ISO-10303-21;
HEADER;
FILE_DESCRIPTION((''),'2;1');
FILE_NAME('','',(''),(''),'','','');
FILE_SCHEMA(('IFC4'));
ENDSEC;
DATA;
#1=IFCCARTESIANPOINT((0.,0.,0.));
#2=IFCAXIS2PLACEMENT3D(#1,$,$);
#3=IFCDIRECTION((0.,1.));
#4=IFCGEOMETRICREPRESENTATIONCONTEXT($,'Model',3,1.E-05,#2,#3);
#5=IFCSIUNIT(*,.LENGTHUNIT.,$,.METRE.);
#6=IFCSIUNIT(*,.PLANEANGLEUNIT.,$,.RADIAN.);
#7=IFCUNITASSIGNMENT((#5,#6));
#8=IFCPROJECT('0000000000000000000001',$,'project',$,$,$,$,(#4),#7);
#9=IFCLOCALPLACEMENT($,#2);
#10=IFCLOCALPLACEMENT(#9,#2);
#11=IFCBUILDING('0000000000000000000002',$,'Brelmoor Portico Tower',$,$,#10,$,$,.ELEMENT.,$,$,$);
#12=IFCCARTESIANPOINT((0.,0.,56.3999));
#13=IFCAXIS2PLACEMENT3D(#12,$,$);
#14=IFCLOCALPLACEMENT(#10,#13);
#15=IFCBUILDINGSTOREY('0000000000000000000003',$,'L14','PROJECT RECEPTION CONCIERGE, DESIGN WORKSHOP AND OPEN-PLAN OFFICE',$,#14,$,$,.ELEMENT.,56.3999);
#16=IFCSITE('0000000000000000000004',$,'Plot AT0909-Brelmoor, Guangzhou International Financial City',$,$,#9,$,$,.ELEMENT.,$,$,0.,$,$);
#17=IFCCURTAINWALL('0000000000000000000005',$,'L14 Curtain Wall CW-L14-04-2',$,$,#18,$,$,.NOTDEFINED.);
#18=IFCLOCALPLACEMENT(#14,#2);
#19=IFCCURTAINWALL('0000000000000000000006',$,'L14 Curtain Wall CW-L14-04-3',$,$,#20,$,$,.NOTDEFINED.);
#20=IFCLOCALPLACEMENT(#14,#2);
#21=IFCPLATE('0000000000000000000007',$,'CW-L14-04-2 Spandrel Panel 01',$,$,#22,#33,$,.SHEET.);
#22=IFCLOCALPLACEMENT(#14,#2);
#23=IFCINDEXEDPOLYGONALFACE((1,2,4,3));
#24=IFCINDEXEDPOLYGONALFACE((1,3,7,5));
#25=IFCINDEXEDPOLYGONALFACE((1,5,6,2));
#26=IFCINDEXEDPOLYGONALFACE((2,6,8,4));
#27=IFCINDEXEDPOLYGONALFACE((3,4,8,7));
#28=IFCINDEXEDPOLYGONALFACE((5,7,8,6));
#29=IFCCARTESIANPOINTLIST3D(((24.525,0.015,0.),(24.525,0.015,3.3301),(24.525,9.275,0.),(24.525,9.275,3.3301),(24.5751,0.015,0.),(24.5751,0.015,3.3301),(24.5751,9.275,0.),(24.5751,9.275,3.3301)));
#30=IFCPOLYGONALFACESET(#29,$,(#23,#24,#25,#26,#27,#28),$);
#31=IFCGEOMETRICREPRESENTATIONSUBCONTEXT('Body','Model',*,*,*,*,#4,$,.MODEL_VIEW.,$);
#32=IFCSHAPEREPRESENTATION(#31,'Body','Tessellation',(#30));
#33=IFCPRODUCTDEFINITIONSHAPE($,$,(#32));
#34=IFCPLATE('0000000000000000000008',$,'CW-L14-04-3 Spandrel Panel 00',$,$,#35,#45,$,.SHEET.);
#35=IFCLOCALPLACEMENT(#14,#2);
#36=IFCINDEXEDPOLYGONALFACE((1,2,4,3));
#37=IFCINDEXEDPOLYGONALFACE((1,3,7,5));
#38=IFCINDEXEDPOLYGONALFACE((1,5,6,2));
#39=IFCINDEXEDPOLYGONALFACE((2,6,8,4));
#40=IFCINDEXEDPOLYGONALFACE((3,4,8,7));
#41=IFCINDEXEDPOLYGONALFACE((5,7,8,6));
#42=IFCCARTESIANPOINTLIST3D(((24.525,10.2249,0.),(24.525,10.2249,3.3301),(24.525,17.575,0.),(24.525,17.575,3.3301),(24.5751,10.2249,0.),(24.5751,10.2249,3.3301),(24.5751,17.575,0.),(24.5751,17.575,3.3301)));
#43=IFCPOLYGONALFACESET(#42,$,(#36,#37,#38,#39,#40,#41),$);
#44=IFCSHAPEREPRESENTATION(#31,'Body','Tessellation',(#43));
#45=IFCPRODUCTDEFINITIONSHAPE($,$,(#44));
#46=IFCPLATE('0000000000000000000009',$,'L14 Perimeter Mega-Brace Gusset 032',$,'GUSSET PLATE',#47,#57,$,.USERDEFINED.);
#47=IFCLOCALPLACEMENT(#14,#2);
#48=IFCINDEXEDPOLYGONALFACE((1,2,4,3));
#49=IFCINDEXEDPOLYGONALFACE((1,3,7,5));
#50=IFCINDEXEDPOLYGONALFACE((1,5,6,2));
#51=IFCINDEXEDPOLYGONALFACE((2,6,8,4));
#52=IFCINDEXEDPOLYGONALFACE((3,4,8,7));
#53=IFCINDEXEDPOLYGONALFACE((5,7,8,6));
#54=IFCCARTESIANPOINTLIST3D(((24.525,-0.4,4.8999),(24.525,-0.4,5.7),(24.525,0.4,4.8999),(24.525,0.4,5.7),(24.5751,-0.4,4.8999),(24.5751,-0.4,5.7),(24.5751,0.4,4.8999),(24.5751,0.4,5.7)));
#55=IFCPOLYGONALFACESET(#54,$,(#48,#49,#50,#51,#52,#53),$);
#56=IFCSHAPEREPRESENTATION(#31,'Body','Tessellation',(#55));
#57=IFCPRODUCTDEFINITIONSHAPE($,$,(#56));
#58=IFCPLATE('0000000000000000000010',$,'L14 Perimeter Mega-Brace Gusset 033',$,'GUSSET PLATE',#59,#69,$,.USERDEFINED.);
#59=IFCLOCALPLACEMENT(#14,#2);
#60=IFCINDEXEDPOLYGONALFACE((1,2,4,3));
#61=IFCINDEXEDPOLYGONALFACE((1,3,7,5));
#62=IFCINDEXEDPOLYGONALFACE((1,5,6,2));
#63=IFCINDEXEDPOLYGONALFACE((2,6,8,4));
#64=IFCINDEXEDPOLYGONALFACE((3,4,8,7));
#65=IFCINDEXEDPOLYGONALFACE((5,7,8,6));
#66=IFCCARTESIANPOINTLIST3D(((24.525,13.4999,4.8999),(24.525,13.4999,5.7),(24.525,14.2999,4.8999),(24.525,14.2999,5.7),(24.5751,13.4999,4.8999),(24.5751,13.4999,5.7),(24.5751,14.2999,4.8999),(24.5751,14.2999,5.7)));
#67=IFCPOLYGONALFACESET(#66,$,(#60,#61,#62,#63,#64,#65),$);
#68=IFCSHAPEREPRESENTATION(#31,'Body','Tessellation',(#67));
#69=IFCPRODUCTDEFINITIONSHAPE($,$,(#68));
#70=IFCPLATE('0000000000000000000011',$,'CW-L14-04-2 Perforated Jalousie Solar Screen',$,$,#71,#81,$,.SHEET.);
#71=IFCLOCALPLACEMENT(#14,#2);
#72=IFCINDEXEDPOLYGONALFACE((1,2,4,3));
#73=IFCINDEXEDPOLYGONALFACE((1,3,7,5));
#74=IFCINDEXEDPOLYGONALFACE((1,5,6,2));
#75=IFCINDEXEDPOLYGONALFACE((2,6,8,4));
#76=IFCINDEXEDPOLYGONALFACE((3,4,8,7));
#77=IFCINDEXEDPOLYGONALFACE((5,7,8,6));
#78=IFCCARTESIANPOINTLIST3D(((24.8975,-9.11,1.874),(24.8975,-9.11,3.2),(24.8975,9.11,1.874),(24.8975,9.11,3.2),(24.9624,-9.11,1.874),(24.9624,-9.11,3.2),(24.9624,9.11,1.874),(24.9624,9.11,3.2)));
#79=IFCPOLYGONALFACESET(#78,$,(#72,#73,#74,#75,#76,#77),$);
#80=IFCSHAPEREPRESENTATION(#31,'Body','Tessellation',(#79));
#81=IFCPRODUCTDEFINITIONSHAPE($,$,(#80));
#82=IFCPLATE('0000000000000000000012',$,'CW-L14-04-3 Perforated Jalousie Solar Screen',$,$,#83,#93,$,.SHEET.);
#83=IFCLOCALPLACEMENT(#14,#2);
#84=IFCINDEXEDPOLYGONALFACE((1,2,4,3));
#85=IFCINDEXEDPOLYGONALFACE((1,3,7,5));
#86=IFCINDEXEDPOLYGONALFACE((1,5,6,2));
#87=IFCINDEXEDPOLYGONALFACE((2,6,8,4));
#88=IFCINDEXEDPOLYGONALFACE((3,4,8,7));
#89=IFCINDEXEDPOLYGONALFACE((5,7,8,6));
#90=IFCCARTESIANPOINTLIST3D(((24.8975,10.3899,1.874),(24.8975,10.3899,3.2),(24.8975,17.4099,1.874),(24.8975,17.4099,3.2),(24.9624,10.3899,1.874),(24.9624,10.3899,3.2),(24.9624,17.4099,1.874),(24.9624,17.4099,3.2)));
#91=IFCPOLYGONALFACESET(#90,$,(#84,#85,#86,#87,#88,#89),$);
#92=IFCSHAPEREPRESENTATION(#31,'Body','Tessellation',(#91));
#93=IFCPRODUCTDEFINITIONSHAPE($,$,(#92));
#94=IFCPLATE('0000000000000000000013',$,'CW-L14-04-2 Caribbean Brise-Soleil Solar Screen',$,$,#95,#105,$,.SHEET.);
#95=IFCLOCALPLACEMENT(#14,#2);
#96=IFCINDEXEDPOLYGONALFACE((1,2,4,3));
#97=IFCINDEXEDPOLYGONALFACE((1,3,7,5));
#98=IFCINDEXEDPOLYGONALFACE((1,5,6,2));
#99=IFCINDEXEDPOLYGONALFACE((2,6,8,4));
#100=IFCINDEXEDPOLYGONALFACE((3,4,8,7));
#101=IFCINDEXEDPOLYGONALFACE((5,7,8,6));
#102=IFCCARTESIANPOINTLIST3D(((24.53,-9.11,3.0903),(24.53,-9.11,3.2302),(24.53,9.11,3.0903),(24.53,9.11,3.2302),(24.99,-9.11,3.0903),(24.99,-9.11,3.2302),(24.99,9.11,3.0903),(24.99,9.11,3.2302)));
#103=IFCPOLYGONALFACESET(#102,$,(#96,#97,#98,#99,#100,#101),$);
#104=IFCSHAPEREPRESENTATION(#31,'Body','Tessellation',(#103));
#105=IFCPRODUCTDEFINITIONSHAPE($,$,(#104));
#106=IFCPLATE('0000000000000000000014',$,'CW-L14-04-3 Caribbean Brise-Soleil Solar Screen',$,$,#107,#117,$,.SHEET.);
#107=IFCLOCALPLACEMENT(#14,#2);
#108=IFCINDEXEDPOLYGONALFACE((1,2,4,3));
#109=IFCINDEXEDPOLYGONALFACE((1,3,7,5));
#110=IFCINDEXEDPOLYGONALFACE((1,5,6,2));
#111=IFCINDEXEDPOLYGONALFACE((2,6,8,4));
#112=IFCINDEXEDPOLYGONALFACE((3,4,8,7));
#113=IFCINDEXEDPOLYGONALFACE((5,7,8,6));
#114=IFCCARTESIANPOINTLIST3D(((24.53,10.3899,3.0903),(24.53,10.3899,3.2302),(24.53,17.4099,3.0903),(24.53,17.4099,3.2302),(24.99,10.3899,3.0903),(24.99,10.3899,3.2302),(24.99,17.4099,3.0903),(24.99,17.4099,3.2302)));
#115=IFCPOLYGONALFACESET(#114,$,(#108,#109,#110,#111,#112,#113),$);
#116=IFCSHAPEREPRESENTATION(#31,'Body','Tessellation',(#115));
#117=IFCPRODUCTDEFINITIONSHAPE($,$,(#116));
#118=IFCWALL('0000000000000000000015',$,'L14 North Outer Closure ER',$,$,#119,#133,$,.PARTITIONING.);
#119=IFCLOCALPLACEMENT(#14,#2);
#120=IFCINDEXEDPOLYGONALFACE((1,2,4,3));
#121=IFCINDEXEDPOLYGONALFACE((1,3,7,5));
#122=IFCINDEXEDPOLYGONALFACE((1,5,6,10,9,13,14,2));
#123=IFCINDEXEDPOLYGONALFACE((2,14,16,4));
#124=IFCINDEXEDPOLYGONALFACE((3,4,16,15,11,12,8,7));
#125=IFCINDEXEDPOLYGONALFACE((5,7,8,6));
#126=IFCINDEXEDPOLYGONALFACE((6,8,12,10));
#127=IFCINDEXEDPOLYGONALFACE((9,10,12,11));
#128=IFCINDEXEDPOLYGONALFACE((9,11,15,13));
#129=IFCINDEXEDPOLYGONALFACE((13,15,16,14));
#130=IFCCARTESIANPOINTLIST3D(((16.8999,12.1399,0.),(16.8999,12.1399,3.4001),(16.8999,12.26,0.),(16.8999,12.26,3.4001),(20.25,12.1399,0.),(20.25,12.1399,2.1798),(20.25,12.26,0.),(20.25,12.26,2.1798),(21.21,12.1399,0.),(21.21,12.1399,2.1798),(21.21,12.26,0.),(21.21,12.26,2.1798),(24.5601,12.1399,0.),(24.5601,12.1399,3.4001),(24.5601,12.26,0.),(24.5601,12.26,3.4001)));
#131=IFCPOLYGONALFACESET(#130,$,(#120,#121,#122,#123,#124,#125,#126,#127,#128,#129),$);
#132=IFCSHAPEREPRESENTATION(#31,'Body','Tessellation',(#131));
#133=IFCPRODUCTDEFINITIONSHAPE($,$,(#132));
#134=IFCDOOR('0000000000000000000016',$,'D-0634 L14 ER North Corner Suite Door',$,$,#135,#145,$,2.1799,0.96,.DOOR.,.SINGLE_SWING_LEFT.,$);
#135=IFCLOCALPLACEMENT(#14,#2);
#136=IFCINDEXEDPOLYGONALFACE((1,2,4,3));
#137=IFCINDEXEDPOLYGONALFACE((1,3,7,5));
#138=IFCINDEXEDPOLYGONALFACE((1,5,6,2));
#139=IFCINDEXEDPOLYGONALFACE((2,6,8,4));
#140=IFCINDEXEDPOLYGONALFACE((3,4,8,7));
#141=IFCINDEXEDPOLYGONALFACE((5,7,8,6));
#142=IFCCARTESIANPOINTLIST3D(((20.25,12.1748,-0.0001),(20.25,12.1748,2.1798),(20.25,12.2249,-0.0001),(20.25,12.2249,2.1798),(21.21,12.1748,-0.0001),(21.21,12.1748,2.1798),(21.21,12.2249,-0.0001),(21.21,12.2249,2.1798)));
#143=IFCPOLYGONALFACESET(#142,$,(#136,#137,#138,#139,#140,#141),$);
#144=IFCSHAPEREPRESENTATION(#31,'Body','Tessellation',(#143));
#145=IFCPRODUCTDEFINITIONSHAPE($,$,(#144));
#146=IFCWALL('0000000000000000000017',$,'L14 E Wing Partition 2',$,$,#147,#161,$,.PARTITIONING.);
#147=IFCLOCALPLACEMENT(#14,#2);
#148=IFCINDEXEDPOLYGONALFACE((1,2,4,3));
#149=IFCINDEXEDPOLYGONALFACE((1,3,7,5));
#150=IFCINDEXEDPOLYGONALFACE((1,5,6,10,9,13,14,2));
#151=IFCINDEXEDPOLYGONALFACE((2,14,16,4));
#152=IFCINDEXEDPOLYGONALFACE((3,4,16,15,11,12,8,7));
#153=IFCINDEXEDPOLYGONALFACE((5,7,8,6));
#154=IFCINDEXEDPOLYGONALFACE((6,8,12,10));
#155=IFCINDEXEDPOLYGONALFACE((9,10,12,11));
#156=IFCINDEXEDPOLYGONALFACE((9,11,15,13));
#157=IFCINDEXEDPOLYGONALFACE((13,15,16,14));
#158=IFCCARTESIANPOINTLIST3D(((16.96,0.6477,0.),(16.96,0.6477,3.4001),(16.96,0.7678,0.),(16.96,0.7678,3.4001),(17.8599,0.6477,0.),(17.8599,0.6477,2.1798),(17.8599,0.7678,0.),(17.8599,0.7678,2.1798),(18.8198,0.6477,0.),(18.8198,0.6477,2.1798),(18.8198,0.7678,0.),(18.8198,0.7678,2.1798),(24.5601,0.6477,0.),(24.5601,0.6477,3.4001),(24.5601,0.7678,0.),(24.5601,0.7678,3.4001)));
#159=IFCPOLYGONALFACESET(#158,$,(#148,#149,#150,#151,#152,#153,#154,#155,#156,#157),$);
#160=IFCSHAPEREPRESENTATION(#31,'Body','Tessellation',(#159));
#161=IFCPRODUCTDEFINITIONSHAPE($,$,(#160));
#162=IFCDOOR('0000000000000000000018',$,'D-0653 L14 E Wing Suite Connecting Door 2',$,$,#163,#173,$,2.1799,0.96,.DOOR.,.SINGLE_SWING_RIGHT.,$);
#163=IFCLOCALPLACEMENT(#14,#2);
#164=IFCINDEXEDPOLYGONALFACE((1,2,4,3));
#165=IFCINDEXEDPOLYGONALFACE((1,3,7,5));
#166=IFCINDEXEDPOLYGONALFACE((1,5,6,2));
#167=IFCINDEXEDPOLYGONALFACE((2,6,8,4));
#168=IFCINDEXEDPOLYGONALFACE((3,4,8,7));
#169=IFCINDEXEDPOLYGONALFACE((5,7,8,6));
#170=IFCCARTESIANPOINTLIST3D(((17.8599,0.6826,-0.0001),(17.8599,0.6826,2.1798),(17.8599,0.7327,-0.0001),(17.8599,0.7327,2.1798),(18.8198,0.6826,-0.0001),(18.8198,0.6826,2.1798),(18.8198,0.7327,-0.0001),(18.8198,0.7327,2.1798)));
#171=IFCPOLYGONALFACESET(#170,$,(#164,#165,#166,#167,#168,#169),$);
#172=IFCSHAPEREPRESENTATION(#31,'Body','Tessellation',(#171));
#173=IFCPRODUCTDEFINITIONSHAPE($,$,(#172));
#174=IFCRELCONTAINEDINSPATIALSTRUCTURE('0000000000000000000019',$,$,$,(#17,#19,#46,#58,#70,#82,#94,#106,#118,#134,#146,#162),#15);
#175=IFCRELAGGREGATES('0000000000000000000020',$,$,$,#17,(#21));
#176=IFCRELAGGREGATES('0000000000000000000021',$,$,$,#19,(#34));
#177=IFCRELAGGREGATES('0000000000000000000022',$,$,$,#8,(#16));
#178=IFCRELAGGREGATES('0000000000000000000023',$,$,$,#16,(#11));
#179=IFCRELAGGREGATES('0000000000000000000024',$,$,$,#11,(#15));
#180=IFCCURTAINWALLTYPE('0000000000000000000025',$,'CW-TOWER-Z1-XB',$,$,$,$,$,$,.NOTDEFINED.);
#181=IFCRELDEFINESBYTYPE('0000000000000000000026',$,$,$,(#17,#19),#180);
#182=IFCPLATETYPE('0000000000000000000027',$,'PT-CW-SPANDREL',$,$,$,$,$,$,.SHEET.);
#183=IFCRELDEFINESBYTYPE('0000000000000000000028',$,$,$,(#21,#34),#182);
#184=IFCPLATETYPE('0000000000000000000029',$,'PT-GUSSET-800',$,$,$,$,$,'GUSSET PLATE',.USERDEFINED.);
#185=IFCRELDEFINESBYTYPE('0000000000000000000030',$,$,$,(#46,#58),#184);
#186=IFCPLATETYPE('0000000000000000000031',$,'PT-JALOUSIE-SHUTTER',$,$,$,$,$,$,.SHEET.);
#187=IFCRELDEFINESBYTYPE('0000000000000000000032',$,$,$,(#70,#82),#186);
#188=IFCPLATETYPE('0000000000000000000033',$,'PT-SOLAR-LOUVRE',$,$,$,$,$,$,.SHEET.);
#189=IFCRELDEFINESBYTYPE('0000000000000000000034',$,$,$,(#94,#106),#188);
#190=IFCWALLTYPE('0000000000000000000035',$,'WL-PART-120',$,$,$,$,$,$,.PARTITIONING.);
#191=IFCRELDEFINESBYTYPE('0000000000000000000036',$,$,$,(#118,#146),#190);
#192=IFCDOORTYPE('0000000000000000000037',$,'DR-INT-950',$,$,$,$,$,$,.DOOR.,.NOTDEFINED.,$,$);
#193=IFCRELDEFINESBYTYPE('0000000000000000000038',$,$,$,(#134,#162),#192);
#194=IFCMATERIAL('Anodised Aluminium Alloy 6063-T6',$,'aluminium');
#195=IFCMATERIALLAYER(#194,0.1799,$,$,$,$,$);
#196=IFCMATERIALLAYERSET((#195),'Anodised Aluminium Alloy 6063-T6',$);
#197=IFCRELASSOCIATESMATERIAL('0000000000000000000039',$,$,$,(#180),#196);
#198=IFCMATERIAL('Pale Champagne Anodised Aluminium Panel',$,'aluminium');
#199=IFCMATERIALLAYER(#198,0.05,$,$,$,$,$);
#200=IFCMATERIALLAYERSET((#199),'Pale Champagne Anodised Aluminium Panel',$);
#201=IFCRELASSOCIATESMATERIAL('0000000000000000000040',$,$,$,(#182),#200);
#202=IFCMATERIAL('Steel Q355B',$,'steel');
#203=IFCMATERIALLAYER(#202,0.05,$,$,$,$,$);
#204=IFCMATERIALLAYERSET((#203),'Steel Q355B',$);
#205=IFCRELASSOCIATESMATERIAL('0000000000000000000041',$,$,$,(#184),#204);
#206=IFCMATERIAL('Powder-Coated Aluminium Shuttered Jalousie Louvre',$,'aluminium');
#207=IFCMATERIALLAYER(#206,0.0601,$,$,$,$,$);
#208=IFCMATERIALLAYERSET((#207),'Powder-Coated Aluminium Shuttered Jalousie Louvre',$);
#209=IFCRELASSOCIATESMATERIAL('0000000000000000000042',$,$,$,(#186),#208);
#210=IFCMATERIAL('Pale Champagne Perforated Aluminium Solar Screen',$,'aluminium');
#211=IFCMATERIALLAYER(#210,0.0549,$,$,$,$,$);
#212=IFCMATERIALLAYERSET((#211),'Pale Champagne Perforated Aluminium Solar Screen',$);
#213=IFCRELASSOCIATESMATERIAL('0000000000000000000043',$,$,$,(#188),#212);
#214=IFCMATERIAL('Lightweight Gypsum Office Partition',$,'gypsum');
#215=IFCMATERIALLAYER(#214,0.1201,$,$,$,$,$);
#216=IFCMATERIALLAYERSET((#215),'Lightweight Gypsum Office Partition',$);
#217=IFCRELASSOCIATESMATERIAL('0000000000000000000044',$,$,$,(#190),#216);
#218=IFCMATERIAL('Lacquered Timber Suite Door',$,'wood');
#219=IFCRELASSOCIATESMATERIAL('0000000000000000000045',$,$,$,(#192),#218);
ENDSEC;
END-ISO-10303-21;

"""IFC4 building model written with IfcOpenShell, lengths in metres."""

from ifc_helpers import new_model, si_unit, direction, frame, frame_2d, origin, origin_2d, place, context, subcontext, project, spatial, rectangle, extrude, material, layer, layer_set, type_object, element, fill, aggregate, save


model = new_model("IFC4")

# Units and contexts
model_context = context("Model", 3, precision=1e-05, world=origin(), true_north=direction((0.0, 1.0)))
body_context = subcontext(model_context, "Body", "Model", "MODEL_VIEW")
ifc_project = project(units=[si_unit("LENGTHUNIT", "METRE"), si_unit("PLANEANGLEUNIT", "RADIAN")], contexts=[model_context])

# Site, building, storey
site_placement = place(None, origin())
site = spatial("IfcSite", under=ifc_project, at=site_placement, Name="Plot AT0909-Brelmoor, Guangzhou International Financial City", CompositionType="ELEMENT", RefElevation=0.0)
building_placement = place(site_placement, origin())
building = spatial("IfcBuilding", under=site, at=building_placement, Name="Brelmoor Portico Tower", CompositionType="ELEMENT")
storey_placement = place(building_placement, frame((0.0, 0.0, 56.3999)))
storey = spatial("IfcBuildingStorey", under=building, at=storey_placement, Name="L14", Description="PROJECT RECEPTION CONCIERGE, DESIGN WORKSHOP AND OPEN-PLAN OFFICE", CompositionType="ELEMENT", Elevation=56.3999)

# Shared definitions
ifc_material_1 = material(Name="Steel Q355B", Category="steel")

# Curtain walls
ifc_material_2 = material(Name="Anodised Aluminium Alloy 6063-T6", Category="aluminium")
ifc_layer_1 = layer(ifc_material_2, 0.1799)
ifc_layer_set_1 = layer_set([ifc_layer_1], Name="Anodised Aluminium Alloy 6063-T6")
curtain_wall_type = type_object("IfcCurtainWallType", Name="CW-TOWER-Z1-XB", PredefinedType="NOTDEFINED", material=ifc_layer_set_1)
curtain_wall_1_placement = place(storey_placement, origin())
curtain_wall_1 = element("IfcCurtainWall", 1, at=curtain_wall_1_placement, inside=storey, type_object=curtain_wall_type, Name="L14 Curtain Wall CW-L14-04-2", PredefinedType="NOTDEFINED")
curtain_wall_2_placement = place(storey_placement, origin())
curtain_wall_2 = element("IfcCurtainWall", 2, at=curtain_wall_2_placement, inside=storey, type_object=curtain_wall_type, Name="L14 Curtain Wall CW-L14-04-3", PredefinedType="NOTDEFINED")

# Plates
ifc_material_3 = material(Name="Pale Champagne Anodised Aluminium Panel", Category="aluminium")
ifc_layer_2 = layer(ifc_material_3, 0.05)
ifc_layer_set_2 = layer_set([ifc_layer_2], Name="Pale Champagne Anodised Aluminium Panel")
plate_type_1 = type_object("IfcPlateType", Name="PT-CW-SPANDREL", PredefinedType="SHEET", material=ifc_layer_set_2)
plate_1_placement = place(storey_placement, frame((24.55, 4.645, 0.0), z_axis=(0.0, 0.0, 1.0), x_axis=(0.0, 1.0, 0.0)))
plate_1 = element("IfcPlate", 3, at=plate_1_placement, type_object=plate_type_1, Name="CW-L14-04-2 Spandrel Panel 01", PredefinedType="SHEET", context=body_context, shape_type="SweptSolid", body=[
    extrude(rectangle(XDim=9.26, YDim=0.05, at=origin_2d()), origin(), (0.0, 0.0, 1.0), 3.3301),
])
aggregate(curtain_wall_1, [plate_1])
plate_2_placement = place(storey_placement, frame((24.55, 13.8999, 0.0), z_axis=(0.0, 0.0, 1.0), x_axis=(0.0, 1.0, 0.0)))
plate_2 = element("IfcPlate", 4, at=plate_2_placement, type_object=plate_type_1, Name="CW-L14-04-3 Spandrel Panel 00", PredefinedType="SHEET", context=body_context, shape_type="SweptSolid", body=[
    extrude(rectangle(XDim=7.3501, YDim=0.05, at=origin_2d()), origin(), (0.0, 0.0, 1.0), 3.3301),
])
aggregate(curtain_wall_2, [plate_2])

# Plates
ifc_layer_3 = layer(ifc_material_1, 0.05)
ifc_layer_set_3 = layer_set([ifc_layer_3], Name="Steel Q355B")
plate_type_2 = type_object("IfcPlateType", Name="PT-GUSSET-800", ElementType="GUSSET PLATE", PredefinedType="USERDEFINED", material=ifc_layer_set_3)
for number, where, z_axis, x_axis, name in (
    (5, (24.55, 0.0, 4.8999), (0.0, 0.0, 1.0), (1.0, 0.0, 0.0), "L14 Perimeter Mega-Brace Gusset 032"),
    (6, (24.55, 13.8999, 4.8999), (0.0, 0.0, 1.0), (1.0, 0.0, 0.0), "L14 Perimeter Mega-Brace Gusset 033"),
):
    element("IfcPlate", number, at=place(storey_placement, frame(where, z_axis=z_axis, x_axis=x_axis)), inside=storey, type_object=plate_type_2, Name=name, ObjectType="GUSSET PLATE", PredefinedType="USERDEFINED", context=body_context, shape_type="SweptSolid", body=[
        extrude(rectangle(XDim=0.05, YDim=0.8, at=origin_2d()), origin(), (0.0, 0.0, 1.0), 0.8),
    ])
ifc_material_4 = material(Name="Powder-Coated Aluminium Shuttered Jalousie Louvre", Category="aluminium")
ifc_layer_4 = layer(ifc_material_4, 0.0601)
ifc_layer_set_4 = layer_set([ifc_layer_4], Name="Powder-Coated Aluminium Shuttered Jalousie Louvre")
plate_type_3 = type_object("IfcPlateType", Name="PT-JALOUSIE-SHUTTER", PredefinedType="SHEET", material=ifc_layer_set_4)
plate_3_placement = place(storey_placement, frame((24.9299, 0.0, 1.874), z_axis=(0.0, 0.0, 1.0), x_axis=(0.0, 1.0, 0.0)))
element("IfcPlate", 7, at=plate_3_placement, inside=storey, type_object=plate_type_3, Name="CW-L14-04-2 Perforated Jalousie Solar Screen", PredefinedType="SHEET", context=body_context, shape_type="SweptSolid", body=[
    extrude(rectangle(XDim=18.22, YDim=0.0649, at=origin_2d()), origin(), (0.0, 0.0, 1.0), 1.3259),
])
plate_4_placement = place(storey_placement, frame((24.9299, 13.8999, 1.874), z_axis=(0.0, 0.0, 1.0), x_axis=(0.0, 1.0, 0.0)))
element("IfcPlate", 8, at=plate_4_placement, inside=storey, type_object=plate_type_3, Name="CW-L14-04-3 Perforated Jalousie Solar Screen", PredefinedType="SHEET", context=body_context, shape_type="SweptSolid", body=[
    extrude(rectangle(XDim=7.02, YDim=0.0649, at=origin_2d()), origin(), (0.0, 0.0, 1.0), 1.3259),
])
ifc_material_5 = material(Name="Pale Champagne Perforated Aluminium Solar Screen", Category="aluminium")
ifc_layer_5 = layer(ifc_material_5, 0.0549)
ifc_layer_set_5 = layer_set([ifc_layer_5], Name="Pale Champagne Perforated Aluminium Solar Screen")
plate_type_4 = type_object("IfcPlateType", Name="PT-SOLAR-LOUVRE", PredefinedType="SHEET", material=ifc_layer_set_5)
plate_5_placement = place(storey_placement, frame((24.76, 0.0, 3.0903), z_axis=(0.0, 0.0, 1.0), x_axis=(0.0, 1.0, 0.0)))
element("IfcPlate", 9, at=plate_5_placement, inside=storey, type_object=plate_type_4, Name="CW-L14-04-2 Caribbean Brise-Soleil Solar Screen", PredefinedType="SHEET", context=body_context, shape_type="SweptSolid", body=[
    extrude(rectangle(XDim=18.22, YDim=0.46, at=origin_2d()), origin(), (0.0, 0.0, 1.0), 0.1399),
])
plate_6_placement = place(storey_placement, frame((24.76, 13.8999, 3.0903), z_axis=(0.0, 0.0, 1.0), x_axis=(0.0, 1.0, 0.0)))
element("IfcPlate", 10, at=plate_6_placement, inside=storey, type_object=plate_type_4, Name="CW-L14-04-3 Caribbean Brise-Soleil Solar Screen", PredefinedType="SHEET", context=body_context, shape_type="SweptSolid", body=[
    extrude(rectangle(XDim=7.02, YDim=0.46, at=origin_2d()), origin(), (0.0, 0.0, 1.0), 0.1399),
])

# Walls, openings, doors
ifc_material_6 = material(Name="Lightweight Gypsum Office Partition", Category="gypsum")
ifc_layer_6 = layer(ifc_material_6, 0.1201)
ifc_layer_set_6 = layer_set([ifc_layer_6], Name="Lightweight Gypsum Office Partition")
wall_type = type_object("IfcWallType", Name="WL-PART-120", PredefinedType="PARTITIONING", material=ifc_layer_set_6)
wall_1_placement = place(storey_placement, frame((16.8999, 12.2, 0.0), z_axis=(0.0, 0.0, 1.0), x_axis=(1.0, 0.0, 0.0)))
wall_1 = element("IfcWall", 11, at=wall_1_placement, inside=storey, type_object=wall_type, Name="L14 North Outer Closure ER", PredefinedType="PARTITIONING", context=body_context, shape_type="SweptSolid", body=[
    extrude(rectangle(XDim=7.6602, YDim=0.1201, at=frame_2d((3.8301, 0.0))), origin(), (0.0, 0.0, 1.0), 3.4001),
])
opening_1_placement = place(wall_1_placement, frame((3.3501, 0.0, 0.0)))
opening_1 = element("IfcOpeningElement", 12, at=opening_1_placement, cuts=wall_1, PredefinedType="OPENING", context=body_context, shape_type="SweptSolid", body=[
    extrude(rectangle(XDim=0.96, YDim=2.1799, at=frame_2d((0.48, 1.0898))), frame((0.0, 0.0701, 0.0), z_axis=(0.0, -1.0, 0.0), x_axis=(1.0, 0.0, 0.0)), (0.0, 0.0, 1.0), 0.1401),
])
ifc_material_7 = material(Name="Lacquered Timber Suite Door", Category="wood")
door_type = type_object("IfcDoorType", Name="DR-INT-950", OperationType="NOTDEFINED", PredefinedType="DOOR", material=ifc_material_7)
door_1_placement = place(opening_1_placement, origin())
door_1 = element("IfcDoor", 13, at=door_1_placement, inside=storey, type_object=door_type, Name="D-0634 L14 ER North Corner Suite Door", OperationType="SINGLE_SWING_LEFT", OverallHeight=2.1799, OverallWidth=0.96, PredefinedType="DOOR", context=body_context, shape_type="SweptSolid", body=[
    extrude(rectangle(XDim=0.96, YDim=2.1799, at=frame_2d((0.48, 1.0898))), frame((0.0, 0.0249, 0.0), z_axis=(0.0, -1.0, 0.0), x_axis=(1.0, 0.0, 0.0)), (0.0, 0.0, 1.0), 0.05),
])
fill(opening_1, door_1)
wall_2_placement = place(storey_placement, frame((16.96, 0.7078, 0.0), z_axis=(0.0, 0.0, 1.0), x_axis=(1.0, 0.0, 0.0)))
wall_2 = element("IfcWall", 14, at=wall_2_placement, inside=storey, type_object=wall_type, Name="L14 E Wing Partition 2", PredefinedType="PARTITIONING", context=body_context, shape_type="SweptSolid", body=[
    extrude(rectangle(XDim=7.6001, YDim=0.1201, at=frame_2d((3.8, 0.0))), origin(), (0.0, 0.0, 1.0), 3.4001),
])
opening_2_placement = place(wall_2_placement, frame((0.8999, 0.0, 0.0)))
opening_2 = element("IfcOpeningElement", 15, at=opening_2_placement, cuts=wall_2, PredefinedType="OPENING", context=body_context, shape_type="SweptSolid", body=[
    extrude(rectangle(XDim=0.96, YDim=2.1799, at=frame_2d((0.48, 1.0898))), frame((0.0, 0.0701, 0.0), z_axis=(0.0, -1.0, 0.0), x_axis=(1.0, 0.0, 0.0)), (0.0, 0.0, 1.0), 0.1401),
])
door_2_placement = place(opening_2_placement, origin())
door_2 = element("IfcDoor", 16, at=door_2_placement, inside=storey, type_object=door_type, Name="D-0653 L14 E Wing Suite Connecting Door 2", OperationType="SINGLE_SWING_RIGHT", OverallHeight=2.1799, OverallWidth=0.96, PredefinedType="DOOR", context=body_context, shape_type="SweptSolid", body=[
    extrude(rectangle(XDim=0.96, YDim=2.1799, at=frame_2d((0.48, 1.0898))), frame((0.0, 0.0249, 0.0), z_axis=(0.0, -1.0, 0.0), x_axis=(1.0, 0.0, 0.0)), (0.0, 0.0, 1.0), 0.05),
])
fill(opening_2, door_2)

save(model, "model.ifc")
